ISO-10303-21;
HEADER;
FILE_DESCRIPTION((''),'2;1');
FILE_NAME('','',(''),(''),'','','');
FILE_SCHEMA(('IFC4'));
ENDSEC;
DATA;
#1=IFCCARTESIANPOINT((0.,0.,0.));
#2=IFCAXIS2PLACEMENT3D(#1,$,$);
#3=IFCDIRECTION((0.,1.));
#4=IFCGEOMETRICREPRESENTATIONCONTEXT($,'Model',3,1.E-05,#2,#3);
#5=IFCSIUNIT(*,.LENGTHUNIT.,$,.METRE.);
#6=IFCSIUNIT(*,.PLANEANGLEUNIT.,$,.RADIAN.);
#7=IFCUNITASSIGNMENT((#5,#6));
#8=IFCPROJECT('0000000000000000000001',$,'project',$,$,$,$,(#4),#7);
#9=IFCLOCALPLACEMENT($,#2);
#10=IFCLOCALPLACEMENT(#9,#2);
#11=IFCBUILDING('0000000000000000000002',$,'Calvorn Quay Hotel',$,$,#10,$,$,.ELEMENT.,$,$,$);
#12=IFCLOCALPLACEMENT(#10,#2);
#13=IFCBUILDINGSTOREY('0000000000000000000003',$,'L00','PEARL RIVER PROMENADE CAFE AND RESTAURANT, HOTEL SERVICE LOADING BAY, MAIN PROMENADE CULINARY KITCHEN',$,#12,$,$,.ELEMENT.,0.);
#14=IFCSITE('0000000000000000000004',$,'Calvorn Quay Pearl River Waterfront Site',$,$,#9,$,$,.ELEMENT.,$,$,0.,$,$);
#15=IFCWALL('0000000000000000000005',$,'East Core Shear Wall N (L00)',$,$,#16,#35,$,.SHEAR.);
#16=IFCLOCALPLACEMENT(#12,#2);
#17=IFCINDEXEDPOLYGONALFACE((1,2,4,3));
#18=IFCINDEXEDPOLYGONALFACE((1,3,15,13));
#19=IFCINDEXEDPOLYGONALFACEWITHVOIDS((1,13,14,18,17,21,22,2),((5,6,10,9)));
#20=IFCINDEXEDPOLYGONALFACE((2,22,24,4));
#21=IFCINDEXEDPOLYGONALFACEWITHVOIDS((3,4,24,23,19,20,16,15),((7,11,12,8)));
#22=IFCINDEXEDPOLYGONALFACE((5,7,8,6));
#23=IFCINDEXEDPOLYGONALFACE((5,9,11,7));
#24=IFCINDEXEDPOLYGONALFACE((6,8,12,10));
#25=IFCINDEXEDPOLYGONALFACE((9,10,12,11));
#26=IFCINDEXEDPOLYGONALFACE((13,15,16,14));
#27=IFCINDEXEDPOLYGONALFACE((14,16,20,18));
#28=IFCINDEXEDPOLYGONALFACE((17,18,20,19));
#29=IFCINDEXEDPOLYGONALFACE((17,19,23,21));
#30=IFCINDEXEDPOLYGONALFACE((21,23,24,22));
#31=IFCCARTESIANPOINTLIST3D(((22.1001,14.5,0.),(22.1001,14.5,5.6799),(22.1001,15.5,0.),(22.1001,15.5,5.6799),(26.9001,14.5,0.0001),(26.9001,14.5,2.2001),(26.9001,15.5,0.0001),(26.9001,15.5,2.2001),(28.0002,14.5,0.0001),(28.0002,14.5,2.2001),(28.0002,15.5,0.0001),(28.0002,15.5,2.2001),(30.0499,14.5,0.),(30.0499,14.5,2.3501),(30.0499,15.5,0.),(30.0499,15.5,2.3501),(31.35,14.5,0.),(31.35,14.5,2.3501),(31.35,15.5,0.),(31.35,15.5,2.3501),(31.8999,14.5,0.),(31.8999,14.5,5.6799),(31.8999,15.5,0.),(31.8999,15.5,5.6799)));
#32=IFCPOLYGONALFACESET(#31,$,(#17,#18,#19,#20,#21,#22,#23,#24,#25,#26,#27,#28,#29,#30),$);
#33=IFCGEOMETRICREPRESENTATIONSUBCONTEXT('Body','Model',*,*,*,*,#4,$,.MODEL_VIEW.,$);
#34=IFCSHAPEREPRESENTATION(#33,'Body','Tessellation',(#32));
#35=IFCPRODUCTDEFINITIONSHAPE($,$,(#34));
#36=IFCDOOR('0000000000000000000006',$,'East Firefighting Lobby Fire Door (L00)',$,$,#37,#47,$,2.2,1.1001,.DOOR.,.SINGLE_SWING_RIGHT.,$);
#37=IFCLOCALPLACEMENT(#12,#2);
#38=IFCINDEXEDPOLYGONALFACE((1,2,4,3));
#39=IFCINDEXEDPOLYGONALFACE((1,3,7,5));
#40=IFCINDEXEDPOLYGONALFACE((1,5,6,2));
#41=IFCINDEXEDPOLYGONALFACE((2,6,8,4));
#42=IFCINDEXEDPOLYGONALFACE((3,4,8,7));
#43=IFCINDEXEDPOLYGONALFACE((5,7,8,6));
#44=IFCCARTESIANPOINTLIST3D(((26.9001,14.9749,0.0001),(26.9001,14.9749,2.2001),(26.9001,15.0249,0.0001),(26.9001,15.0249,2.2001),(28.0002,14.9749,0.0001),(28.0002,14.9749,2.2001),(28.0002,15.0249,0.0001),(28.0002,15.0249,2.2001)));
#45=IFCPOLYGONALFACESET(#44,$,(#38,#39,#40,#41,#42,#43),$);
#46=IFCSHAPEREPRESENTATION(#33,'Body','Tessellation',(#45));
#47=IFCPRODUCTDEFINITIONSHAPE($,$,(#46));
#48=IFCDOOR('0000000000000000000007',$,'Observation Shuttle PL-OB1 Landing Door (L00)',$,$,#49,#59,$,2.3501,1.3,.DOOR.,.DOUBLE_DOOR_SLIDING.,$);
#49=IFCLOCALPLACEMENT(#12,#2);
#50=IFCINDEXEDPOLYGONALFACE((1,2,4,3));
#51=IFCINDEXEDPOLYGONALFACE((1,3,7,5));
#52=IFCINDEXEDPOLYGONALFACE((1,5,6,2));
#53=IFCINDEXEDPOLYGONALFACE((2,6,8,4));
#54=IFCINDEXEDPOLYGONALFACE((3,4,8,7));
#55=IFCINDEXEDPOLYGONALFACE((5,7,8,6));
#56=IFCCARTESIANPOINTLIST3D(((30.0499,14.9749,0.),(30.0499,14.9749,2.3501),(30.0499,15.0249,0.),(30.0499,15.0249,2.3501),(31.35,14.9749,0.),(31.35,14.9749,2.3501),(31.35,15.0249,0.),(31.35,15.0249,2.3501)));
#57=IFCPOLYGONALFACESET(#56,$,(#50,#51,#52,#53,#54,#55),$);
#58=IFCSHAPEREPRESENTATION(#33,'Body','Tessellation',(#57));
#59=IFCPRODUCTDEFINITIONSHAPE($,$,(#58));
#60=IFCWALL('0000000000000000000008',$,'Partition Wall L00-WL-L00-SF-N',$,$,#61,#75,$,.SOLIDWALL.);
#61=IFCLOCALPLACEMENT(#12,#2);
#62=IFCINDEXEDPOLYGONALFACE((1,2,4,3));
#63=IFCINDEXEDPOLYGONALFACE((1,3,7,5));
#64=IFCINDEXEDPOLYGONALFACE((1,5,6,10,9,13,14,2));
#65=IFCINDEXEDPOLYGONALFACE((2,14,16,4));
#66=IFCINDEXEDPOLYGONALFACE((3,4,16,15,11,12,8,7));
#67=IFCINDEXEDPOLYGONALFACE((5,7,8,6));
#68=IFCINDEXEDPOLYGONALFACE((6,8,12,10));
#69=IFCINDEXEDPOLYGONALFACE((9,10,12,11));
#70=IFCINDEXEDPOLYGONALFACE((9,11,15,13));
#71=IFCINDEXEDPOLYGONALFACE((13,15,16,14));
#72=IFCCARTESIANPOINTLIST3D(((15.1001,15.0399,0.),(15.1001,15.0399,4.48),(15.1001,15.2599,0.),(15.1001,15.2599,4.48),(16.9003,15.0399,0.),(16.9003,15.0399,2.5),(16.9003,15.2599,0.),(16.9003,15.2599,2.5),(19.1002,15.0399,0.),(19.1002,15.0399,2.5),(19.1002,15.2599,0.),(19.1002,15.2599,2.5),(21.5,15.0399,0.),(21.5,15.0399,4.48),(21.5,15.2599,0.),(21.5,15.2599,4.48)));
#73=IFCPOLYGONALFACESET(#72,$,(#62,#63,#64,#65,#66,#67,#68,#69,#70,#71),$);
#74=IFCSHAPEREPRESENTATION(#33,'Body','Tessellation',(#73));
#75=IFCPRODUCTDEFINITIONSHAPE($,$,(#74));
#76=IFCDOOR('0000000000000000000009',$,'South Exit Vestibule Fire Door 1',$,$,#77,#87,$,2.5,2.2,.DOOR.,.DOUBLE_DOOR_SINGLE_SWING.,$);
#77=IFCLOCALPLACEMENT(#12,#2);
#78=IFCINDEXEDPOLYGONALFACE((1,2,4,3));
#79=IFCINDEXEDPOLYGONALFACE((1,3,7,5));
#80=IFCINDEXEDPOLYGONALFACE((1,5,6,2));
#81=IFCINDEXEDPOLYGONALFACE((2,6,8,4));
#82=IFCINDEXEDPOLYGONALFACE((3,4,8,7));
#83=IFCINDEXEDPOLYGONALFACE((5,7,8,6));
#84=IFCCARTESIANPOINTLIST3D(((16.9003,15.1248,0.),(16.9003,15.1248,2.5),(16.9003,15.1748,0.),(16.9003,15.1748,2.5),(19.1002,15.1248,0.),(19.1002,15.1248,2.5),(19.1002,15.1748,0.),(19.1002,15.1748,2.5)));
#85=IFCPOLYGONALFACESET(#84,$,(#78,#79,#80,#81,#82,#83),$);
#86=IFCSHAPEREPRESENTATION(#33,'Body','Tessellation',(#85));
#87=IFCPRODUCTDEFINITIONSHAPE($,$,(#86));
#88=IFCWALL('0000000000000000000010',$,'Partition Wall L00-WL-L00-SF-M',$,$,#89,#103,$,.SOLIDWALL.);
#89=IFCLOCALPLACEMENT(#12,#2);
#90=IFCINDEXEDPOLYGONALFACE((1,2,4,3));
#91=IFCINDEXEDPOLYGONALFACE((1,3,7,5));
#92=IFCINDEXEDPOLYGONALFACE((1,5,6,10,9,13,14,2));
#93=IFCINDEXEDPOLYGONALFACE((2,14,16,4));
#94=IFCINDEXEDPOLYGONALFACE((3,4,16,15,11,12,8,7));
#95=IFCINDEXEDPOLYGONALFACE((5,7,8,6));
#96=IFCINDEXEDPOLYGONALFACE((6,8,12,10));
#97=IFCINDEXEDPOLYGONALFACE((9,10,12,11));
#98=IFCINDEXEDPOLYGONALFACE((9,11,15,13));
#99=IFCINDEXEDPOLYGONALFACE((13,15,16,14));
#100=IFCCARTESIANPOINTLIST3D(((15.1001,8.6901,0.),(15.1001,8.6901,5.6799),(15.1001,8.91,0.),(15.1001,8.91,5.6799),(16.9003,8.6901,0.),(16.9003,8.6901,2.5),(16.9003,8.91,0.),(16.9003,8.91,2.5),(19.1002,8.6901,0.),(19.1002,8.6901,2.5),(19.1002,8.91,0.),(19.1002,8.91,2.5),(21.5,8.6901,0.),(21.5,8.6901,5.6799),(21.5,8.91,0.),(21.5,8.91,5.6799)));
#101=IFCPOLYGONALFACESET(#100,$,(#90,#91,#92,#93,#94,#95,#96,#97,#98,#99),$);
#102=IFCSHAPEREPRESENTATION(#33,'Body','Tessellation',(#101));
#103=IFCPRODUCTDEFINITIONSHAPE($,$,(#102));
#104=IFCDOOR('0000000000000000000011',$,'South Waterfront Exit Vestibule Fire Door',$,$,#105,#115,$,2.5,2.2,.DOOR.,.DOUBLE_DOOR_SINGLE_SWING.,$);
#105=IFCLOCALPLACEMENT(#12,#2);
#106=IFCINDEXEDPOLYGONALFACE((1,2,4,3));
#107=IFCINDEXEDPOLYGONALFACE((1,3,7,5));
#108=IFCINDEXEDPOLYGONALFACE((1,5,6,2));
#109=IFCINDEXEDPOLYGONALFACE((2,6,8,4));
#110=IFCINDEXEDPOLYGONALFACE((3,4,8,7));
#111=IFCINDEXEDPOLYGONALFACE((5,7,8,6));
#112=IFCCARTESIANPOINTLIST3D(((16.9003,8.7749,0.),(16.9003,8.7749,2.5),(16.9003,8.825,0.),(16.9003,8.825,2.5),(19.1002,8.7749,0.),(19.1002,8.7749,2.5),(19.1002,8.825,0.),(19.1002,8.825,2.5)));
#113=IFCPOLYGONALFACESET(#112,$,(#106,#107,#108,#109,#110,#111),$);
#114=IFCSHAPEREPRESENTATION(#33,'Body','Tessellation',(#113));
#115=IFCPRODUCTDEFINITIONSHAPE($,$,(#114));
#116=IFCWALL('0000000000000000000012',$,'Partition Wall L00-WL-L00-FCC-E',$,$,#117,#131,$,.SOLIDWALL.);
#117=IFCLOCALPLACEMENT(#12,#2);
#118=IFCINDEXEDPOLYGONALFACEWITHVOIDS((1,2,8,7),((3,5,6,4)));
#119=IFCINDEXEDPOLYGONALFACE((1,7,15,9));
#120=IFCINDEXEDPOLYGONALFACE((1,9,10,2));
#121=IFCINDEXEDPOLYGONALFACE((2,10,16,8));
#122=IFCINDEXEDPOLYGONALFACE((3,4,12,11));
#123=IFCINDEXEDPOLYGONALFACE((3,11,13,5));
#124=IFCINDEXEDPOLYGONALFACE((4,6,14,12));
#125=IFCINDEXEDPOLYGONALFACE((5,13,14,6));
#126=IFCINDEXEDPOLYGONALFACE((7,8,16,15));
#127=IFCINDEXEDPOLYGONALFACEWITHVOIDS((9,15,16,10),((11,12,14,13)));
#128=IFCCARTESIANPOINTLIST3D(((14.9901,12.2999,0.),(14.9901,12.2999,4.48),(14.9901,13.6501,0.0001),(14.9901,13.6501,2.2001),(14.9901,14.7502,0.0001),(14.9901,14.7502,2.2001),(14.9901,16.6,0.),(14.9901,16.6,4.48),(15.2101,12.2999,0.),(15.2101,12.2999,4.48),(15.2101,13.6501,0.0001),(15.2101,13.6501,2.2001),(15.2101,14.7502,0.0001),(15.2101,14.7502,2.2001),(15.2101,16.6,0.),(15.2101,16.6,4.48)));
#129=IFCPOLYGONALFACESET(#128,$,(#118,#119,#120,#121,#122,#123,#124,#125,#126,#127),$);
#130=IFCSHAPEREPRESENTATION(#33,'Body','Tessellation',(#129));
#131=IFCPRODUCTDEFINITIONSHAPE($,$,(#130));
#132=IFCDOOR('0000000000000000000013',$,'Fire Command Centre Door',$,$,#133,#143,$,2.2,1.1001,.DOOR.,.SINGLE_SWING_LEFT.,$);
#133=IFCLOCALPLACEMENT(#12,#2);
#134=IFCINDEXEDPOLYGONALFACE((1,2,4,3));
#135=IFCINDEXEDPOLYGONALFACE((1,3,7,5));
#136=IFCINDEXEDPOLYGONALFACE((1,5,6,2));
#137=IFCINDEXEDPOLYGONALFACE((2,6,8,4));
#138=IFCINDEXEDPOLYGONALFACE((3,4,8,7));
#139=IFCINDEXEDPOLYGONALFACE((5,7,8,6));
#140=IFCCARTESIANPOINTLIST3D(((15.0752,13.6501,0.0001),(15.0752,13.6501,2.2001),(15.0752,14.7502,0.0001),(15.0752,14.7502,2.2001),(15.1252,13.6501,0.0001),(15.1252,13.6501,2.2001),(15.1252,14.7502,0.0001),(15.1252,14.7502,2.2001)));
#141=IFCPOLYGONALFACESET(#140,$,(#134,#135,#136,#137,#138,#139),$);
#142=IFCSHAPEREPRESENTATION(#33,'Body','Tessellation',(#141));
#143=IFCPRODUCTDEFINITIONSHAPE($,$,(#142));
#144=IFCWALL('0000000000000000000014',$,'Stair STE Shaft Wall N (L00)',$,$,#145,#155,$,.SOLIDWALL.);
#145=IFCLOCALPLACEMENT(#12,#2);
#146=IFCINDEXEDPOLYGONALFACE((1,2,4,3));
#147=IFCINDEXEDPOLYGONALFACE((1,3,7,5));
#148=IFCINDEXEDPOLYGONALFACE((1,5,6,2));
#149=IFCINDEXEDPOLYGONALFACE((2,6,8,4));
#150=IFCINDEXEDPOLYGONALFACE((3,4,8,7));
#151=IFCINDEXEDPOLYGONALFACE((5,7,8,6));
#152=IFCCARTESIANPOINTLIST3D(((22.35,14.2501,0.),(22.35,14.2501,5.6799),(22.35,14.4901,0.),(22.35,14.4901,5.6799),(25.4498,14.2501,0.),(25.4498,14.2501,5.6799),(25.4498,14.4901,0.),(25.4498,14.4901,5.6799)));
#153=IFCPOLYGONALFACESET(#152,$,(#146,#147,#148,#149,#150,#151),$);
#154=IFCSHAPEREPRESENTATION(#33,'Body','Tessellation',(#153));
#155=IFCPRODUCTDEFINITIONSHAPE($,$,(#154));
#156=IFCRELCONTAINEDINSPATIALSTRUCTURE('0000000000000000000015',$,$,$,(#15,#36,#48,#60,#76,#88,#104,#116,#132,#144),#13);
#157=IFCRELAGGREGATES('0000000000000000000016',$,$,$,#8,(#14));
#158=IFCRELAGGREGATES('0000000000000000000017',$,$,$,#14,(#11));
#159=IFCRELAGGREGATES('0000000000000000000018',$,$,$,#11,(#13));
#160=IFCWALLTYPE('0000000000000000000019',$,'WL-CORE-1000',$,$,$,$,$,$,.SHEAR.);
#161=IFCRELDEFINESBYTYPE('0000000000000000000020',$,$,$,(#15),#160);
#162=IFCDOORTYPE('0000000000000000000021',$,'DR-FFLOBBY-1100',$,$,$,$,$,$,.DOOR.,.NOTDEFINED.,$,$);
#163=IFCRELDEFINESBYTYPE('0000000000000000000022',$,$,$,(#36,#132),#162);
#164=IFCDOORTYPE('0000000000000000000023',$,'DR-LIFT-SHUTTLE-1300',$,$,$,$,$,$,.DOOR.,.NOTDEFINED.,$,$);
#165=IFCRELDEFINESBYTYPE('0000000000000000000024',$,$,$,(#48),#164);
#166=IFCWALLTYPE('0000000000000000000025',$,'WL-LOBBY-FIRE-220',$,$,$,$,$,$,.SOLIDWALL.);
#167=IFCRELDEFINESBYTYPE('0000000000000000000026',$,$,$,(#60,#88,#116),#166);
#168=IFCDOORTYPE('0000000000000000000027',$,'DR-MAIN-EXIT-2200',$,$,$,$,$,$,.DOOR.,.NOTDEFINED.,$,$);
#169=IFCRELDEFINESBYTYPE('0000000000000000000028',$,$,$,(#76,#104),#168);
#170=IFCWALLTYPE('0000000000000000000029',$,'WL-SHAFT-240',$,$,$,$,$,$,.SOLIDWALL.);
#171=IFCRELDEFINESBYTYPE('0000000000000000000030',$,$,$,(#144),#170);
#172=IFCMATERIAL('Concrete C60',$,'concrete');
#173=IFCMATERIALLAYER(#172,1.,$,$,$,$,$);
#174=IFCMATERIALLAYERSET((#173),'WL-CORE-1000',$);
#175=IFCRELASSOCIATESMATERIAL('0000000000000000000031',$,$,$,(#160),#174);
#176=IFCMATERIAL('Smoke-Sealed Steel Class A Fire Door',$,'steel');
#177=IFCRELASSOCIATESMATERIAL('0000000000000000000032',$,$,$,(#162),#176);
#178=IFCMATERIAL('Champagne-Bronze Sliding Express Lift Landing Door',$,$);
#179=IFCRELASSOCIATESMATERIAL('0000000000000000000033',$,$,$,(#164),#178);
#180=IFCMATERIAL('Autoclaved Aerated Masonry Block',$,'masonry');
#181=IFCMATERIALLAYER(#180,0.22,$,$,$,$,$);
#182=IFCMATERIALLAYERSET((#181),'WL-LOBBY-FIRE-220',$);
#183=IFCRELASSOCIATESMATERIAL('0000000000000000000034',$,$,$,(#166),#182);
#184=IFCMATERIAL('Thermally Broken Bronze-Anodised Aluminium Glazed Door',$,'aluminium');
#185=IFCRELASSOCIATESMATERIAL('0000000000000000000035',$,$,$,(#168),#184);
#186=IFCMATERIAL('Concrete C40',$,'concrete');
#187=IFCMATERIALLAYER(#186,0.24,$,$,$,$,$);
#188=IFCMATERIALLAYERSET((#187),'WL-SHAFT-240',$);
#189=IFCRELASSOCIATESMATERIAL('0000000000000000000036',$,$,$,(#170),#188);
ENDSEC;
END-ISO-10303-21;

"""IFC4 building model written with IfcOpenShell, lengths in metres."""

from ifc_helpers import new_model, si_unit, direction, frame, frame_2d, origin, place, context, subcontext, project, spatial, rectangle, extrude, material, layer, layer_set, type_object, element, fill, save


model = new_model("IFC4")

# Units and contexts
model_context = context("Model", 3, precision=1e-05, world=origin(), true_north=direction((0.0, 1.0)))
body_context = subcontext(model_context, "Body", "Model", "MODEL_VIEW")
ifc_project = project(units=[si_unit("LENGTHUNIT", "METRE"), si_unit("PLANEANGLEUNIT", "RADIAN")], contexts=[model_context])

# Site, building, storey
site_placement = place(None, origin())
site = spatial("IfcSite", under=ifc_project, at=site_placement, Name="Calvorn Quay Pearl River Waterfront Site", CompositionType="ELEMENT", RefElevation=0.0)
building_placement = place(site_placement, origin())
building = spatial("IfcBuilding", under=site, at=building_placement, Name="Calvorn Quay Hotel", CompositionType="ELEMENT")
storey_placement = place(building_placement, origin())
storey = spatial("IfcBuildingStorey", under=building, at=storey_placement, Name="L00", Description="PEARL RIVER PROMENADE CAFE AND RESTAURANT, HOTEL SERVICE LOADING BAY, MAIN PROMENADE CULINARY KITCHEN", CompositionType="ELEMENT", Elevation=0.0)

# Wall, openings, doors
ifc_material_1 = material(Name="Concrete C60", Category="concrete")
ifc_layer_1 = layer(ifc_material_1, 1.0)
ifc_layer_set_1 = layer_set([ifc_layer_1], Name="WL-CORE-1000")
wall_type_1 = type_object("IfcWallType", Name="WL-CORE-1000", PredefinedType="SHEAR", material=ifc_layer_set_1)
wall_1_placement = place(storey_placement, frame((22.1001, 15.0, 0.0), z_axis=(0.0, 0.0, 1.0), x_axis=(1.0, 0.0, 0.0)))
wall_1 = element("IfcWall", 1, at=wall_1_placement, inside=storey, type_object=wall_type_1, Name="East Core Shear Wall N (L00)", PredefinedType="SHEAR", context=body_context, shape_type="SweptSolid", body=[
    extrude(rectangle(XDim=9.7998, YDim=1.0, at=frame_2d((4.8999, 0.0))), origin(), (0.0, 0.0, 1.0), 5.6799),
])
opening_1_placement = place(wall_1_placement, frame((4.8, 0.0, 0.0)))
opening_1 = element("IfcOpeningElement", 2, at=opening_1_placement, cuts=wall_1, PredefinedType="OPENING", context=body_context, shape_type="SweptSolid", body=[
    extrude(rectangle(XDim=1.1001, YDim=2.2, at=frame_2d((0.55, 1.1001))), frame((0.0, 0.51, 0.0), z_axis=(0.0, -1.0, 0.0), x_axis=(1.0, 0.0, 0.0)), (0.0, 0.0, 1.0), 1.02),
])
opening_2_placement = place(wall_1_placement, frame((7.95, 0.0, 0.0)))
opening_2 = element("IfcOpeningElement", 3, at=opening_2_placement, cuts=wall_1, PredefinedType="OPENING", context=body_context, shape_type="SweptSolid", body=[
    extrude(rectangle(XDim=1.3, YDim=2.3501, at=frame_2d((0.6499, 1.175))), frame((0.0, 0.51, 0.0), z_axis=(0.0, -1.0, 0.0), x_axis=(1.0, 0.0, 0.0)), (0.0, 0.0, 1.0), 1.02),
])
ifc_material_2 = material(Name="Smoke-Sealed Steel Class A Fire Door", Category="steel")
door_type_1 = type_object("IfcDoorType", Name="DR-FFLOBBY-1100", OperationType="NOTDEFINED", PredefinedType="DOOR", material=ifc_material_2)
door_1_placement = place(opening_1_placement, origin())
door_1 = element("IfcDoor", 4, at=door_1_placement, inside=storey, type_object=door_type_1, Name="East Firefighting Lobby Fire Door (L00)", OperationType="SINGLE_SWING_RIGHT", OverallHeight=2.2, OverallWidth=1.1001, PredefinedType="DOOR", context=body_context, shape_type="SweptSolid", body=[
    extrude(rectangle(XDim=1.1001, YDim=2.2, at=frame_2d((0.55, 1.1001))), frame((0.0, 0.0249, 0.0), z_axis=(0.0, -1.0, 0.0), x_axis=(1.0, 0.0, 0.0)), (0.0, 0.0, 1.0), 0.05),
])
fill(opening_1, door_1)
ifc_material_3 = material(Name="Champagne-Bronze Sliding Express Lift Landing Door")
door_type_2 = type_object("IfcDoorType", Name="DR-LIFT-SHUTTLE-1300", OperationType="NOTDEFINED", PredefinedType="DOOR", material=ifc_material_3)
door_2_placement = place(opening_2_placement, origin())
door_2 = element("IfcDoor", 5, at=door_2_placement, inside=storey, type_object=door_type_2, Name="Observation Shuttle PL-OB1 Landing Door (L00)", OperationType="DOUBLE_DOOR_SLIDING", OverallHeight=2.3501, OverallWidth=1.3, PredefinedType="DOOR", context=body_context, shape_type="SweptSolid", body=[
    extrude(rectangle(XDim=1.3, YDim=2.3501, at=frame_2d((0.6499, 1.175))), frame((0.0, 0.0249, 0.0), z_axis=(0.0, -1.0, 0.0), x_axis=(1.0, 0.0, 0.0)), (0.0, 0.0, 1.0), 0.05),
])
fill(opening_2, door_2)

# Walls, openings, doors
ifc_material_4 = material(Name="Autoclaved Aerated Masonry Block", Category="masonry")
ifc_layer_2 = layer(ifc_material_4, 0.22)
ifc_layer_set_2 = layer_set([ifc_layer_2], Name="WL-LOBBY-FIRE-220")
wall_type_2 = type_object("IfcWallType", Name="WL-LOBBY-FIRE-220", PredefinedType="SOLIDWALL", material=ifc_layer_set_2)
wall_2_placement = place(storey_placement, frame((15.1001, 15.1499, 0.0), z_axis=(0.0, 0.0, 1.0), x_axis=(1.0, 0.0, 0.0)))
wall_2 = element("IfcWall", 6, at=wall_2_placement, inside=storey, type_object=wall_type_2, Name="Partition Wall L00-WL-L00-SF-N", PredefinedType="SOLIDWALL", context=body_context, shape_type="SweptSolid", body=[
    extrude(rectangle(XDim=6.3999, YDim=0.22, at=frame_2d((3.2, 0.0))), origin(), (0.0, 0.0, 1.0), 4.48),
])
opening_3_placement = place(wall_2_placement, frame((1.8, 0.0, 0.0)))
opening_3 = element("IfcOpeningElement", 7, at=opening_3_placement, cuts=wall_2, PredefinedType="OPENING", context=body_context, shape_type="SweptSolid", body=[
    extrude(rectangle(XDim=2.2, YDim=2.5, at=frame_2d((1.1001, 1.25))), frame((0.0, 0.1199, 0.0), z_axis=(0.0, -1.0, 0.0), x_axis=(1.0, 0.0, 0.0)), (0.0, 0.0, 1.0), 0.24),
])
ifc_material_5 = material(Name="Thermally Broken Bronze-Anodised Aluminium Glazed Door", Category="aluminium")
door_type_3 = type_object("IfcDoorType", Name="DR-MAIN-EXIT-2200", OperationType="NOTDEFINED", PredefinedType="DOOR", material=ifc_material_5)
door_3_placement = place(opening_3_placement, origin())
door_3 = element("IfcDoor", 8, at=door_3_placement, inside=storey, type_object=door_type_3, Name="South Exit Vestibule Fire Door 1", OperationType="DOUBLE_DOOR_SINGLE_SWING", OverallHeight=2.5, OverallWidth=2.2, PredefinedType="DOOR", context=body_context, shape_type="SweptSolid", body=[
    extrude(rectangle(XDim=2.2, YDim=2.5, at=frame_2d((1.1001, 1.25))), frame((0.0, 0.0249, 0.0), z_axis=(0.0, -1.0, 0.0), x_axis=(1.0, 0.0, 0.0)), (0.0, 0.0, 1.0), 0.05),
])
fill(opening_3, door_3)
wall_3_placement = place(storey_placement, frame((15.1001, 8.8, 0.0), z_axis=(0.0, 0.0, 1.0), x_axis=(1.0, 0.0, 0.0)))
wall_3 = element("IfcWall", 9, at=wall_3_placement, inside=storey, type_object=wall_type_2, Name="Partition Wall L00-WL-L00-SF-M", PredefinedType="SOLIDWALL", context=body_context, shape_type="SweptSolid", body=[
    extrude(rectangle(XDim=6.3999, YDim=0.22, at=frame_2d((3.2, 0.0))), origin(), (0.0, 0.0, 1.0), 5.6799),
])
opening_4_placement = place(wall_3_placement, frame((1.8, 0.0, 0.0)))
opening_4 = element("IfcOpeningElement", 10, at=opening_4_placement, cuts=wall_3, PredefinedType="OPENING", context=body_context, shape_type="SweptSolid", body=[
    extrude(rectangle(XDim=2.2, YDim=2.5, at=frame_2d((1.1001, 1.25))), frame((0.0, 0.1199, 0.0), z_axis=(0.0, -1.0, 0.0), x_axis=(1.0, 0.0, 0.0)), (0.0, 0.0, 1.0), 0.24),
])
door_4_placement = place(opening_4_placement, origin())
door_4 = element("IfcDoor", 11, at=door_4_placement, inside=storey, type_object=door_type_3, Name="South Waterfront Exit Vestibule Fire Door", OperationType="DOUBLE_DOOR_SINGLE_SWING", OverallHeight=2.5, OverallWidth=2.2, PredefinedType="DOOR", context=body_context, shape_type="SweptSolid", body=[
    extrude(rectangle(XDim=2.2, YDim=2.5, at=frame_2d((1.1001, 1.25))), frame((0.0, 0.0249, 0.0), z_axis=(0.0, -1.0, 0.0), x_axis=(1.0, 0.0, 0.0)), (0.0, 0.0, 1.0), 0.05),
])
fill(opening_4, door_4)
wall_4_placement = place(storey_placement, frame((15.1001, 12.3, 0.0), z_axis=(0.0, 0.0, 1.0), x_axis=(0.0, 1.0, 0.0)))
wall_4 = element("IfcWall", 12, at=wall_4_placement, inside=storey, type_object=wall_type_2, Name="Partition Wall L00-WL-L00-FCC-E", PredefinedType="SOLIDWALL", context=body_context, shape_type="SweptSolid", body=[
    extrude(rectangle(XDim=4.3, YDim=0.22, at=frame_2d((2.1499, 0.0))), origin(), (0.0, 0.0, 1.0), 4.48),
])
opening_5_placement = place(wall_4_placement, frame((1.3501, 0.0, 0.0)))
opening_5 = element("IfcOpeningElement", 13, at=opening_5_placement, cuts=wall_4, PredefinedType="OPENING", context=body_context, shape_type="SweptSolid", body=[
    extrude(rectangle(XDim=1.1001, YDim=2.2, at=frame_2d((0.55, 1.1001))), frame((0.0, 0.1199, 0.0), z_axis=(0.0, -1.0, 0.0), x_axis=(1.0, 0.0, 0.0)), (0.0, 0.0, 1.0), 0.24),
])
door_5_placement = place(opening_5_placement, origin())
door_5 = element("IfcDoor", 14, at=door_5_placement, inside=storey, type_object=door_type_1, Name="Fire Command Centre Door", OperationType="SINGLE_SWING_LEFT", OverallHeight=2.2, OverallWidth=1.1001, PredefinedType="DOOR", context=body_context, shape_type="SweptSolid", body=[
    extrude(rectangle(XDim=1.1001, YDim=2.2, at=frame_2d((0.55, 1.1001))), frame((0.0, 0.0249, 0.0), z_axis=(0.0, -1.0, 0.0), x_axis=(1.0, 0.0, 0.0)), (0.0, 0.0, 1.0), 0.05),
])
fill(opening_5, door_5)

# Wall
ifc_material_6 = material(Name="Concrete C40", Category="concrete")
ifc_layer_3 = layer(ifc_material_6, 0.24)
ifc_layer_set_3 = layer_set([ifc_layer_3], Name="WL-SHAFT-240")
wall_type_3 = type_object("IfcWallType", Name="WL-SHAFT-240", PredefinedType="SOLIDWALL", material=ifc_layer_set_3)
wall_5_placement = place(storey_placement, frame((22.3501, 14.3701, 0.0), z_axis=(0.0, 0.0, 1.0), x_axis=(1.0, 0.0, 0.0)))
element("IfcWall", 15, at=wall_5_placement, inside=storey, type_object=wall_type_3, Name="Stair STE Shaft Wall N (L00)", PredefinedType="SOLIDWALL", context=body_context, shape_type="SweptSolid", body=[
    extrude(rectangle(XDim=3.0999, YDim=0.24, at=frame_2d((1.5498, 0.0))), origin(), (0.0, 0.0, 1.0), 5.6799),
])

save(model, "model.ifc")
